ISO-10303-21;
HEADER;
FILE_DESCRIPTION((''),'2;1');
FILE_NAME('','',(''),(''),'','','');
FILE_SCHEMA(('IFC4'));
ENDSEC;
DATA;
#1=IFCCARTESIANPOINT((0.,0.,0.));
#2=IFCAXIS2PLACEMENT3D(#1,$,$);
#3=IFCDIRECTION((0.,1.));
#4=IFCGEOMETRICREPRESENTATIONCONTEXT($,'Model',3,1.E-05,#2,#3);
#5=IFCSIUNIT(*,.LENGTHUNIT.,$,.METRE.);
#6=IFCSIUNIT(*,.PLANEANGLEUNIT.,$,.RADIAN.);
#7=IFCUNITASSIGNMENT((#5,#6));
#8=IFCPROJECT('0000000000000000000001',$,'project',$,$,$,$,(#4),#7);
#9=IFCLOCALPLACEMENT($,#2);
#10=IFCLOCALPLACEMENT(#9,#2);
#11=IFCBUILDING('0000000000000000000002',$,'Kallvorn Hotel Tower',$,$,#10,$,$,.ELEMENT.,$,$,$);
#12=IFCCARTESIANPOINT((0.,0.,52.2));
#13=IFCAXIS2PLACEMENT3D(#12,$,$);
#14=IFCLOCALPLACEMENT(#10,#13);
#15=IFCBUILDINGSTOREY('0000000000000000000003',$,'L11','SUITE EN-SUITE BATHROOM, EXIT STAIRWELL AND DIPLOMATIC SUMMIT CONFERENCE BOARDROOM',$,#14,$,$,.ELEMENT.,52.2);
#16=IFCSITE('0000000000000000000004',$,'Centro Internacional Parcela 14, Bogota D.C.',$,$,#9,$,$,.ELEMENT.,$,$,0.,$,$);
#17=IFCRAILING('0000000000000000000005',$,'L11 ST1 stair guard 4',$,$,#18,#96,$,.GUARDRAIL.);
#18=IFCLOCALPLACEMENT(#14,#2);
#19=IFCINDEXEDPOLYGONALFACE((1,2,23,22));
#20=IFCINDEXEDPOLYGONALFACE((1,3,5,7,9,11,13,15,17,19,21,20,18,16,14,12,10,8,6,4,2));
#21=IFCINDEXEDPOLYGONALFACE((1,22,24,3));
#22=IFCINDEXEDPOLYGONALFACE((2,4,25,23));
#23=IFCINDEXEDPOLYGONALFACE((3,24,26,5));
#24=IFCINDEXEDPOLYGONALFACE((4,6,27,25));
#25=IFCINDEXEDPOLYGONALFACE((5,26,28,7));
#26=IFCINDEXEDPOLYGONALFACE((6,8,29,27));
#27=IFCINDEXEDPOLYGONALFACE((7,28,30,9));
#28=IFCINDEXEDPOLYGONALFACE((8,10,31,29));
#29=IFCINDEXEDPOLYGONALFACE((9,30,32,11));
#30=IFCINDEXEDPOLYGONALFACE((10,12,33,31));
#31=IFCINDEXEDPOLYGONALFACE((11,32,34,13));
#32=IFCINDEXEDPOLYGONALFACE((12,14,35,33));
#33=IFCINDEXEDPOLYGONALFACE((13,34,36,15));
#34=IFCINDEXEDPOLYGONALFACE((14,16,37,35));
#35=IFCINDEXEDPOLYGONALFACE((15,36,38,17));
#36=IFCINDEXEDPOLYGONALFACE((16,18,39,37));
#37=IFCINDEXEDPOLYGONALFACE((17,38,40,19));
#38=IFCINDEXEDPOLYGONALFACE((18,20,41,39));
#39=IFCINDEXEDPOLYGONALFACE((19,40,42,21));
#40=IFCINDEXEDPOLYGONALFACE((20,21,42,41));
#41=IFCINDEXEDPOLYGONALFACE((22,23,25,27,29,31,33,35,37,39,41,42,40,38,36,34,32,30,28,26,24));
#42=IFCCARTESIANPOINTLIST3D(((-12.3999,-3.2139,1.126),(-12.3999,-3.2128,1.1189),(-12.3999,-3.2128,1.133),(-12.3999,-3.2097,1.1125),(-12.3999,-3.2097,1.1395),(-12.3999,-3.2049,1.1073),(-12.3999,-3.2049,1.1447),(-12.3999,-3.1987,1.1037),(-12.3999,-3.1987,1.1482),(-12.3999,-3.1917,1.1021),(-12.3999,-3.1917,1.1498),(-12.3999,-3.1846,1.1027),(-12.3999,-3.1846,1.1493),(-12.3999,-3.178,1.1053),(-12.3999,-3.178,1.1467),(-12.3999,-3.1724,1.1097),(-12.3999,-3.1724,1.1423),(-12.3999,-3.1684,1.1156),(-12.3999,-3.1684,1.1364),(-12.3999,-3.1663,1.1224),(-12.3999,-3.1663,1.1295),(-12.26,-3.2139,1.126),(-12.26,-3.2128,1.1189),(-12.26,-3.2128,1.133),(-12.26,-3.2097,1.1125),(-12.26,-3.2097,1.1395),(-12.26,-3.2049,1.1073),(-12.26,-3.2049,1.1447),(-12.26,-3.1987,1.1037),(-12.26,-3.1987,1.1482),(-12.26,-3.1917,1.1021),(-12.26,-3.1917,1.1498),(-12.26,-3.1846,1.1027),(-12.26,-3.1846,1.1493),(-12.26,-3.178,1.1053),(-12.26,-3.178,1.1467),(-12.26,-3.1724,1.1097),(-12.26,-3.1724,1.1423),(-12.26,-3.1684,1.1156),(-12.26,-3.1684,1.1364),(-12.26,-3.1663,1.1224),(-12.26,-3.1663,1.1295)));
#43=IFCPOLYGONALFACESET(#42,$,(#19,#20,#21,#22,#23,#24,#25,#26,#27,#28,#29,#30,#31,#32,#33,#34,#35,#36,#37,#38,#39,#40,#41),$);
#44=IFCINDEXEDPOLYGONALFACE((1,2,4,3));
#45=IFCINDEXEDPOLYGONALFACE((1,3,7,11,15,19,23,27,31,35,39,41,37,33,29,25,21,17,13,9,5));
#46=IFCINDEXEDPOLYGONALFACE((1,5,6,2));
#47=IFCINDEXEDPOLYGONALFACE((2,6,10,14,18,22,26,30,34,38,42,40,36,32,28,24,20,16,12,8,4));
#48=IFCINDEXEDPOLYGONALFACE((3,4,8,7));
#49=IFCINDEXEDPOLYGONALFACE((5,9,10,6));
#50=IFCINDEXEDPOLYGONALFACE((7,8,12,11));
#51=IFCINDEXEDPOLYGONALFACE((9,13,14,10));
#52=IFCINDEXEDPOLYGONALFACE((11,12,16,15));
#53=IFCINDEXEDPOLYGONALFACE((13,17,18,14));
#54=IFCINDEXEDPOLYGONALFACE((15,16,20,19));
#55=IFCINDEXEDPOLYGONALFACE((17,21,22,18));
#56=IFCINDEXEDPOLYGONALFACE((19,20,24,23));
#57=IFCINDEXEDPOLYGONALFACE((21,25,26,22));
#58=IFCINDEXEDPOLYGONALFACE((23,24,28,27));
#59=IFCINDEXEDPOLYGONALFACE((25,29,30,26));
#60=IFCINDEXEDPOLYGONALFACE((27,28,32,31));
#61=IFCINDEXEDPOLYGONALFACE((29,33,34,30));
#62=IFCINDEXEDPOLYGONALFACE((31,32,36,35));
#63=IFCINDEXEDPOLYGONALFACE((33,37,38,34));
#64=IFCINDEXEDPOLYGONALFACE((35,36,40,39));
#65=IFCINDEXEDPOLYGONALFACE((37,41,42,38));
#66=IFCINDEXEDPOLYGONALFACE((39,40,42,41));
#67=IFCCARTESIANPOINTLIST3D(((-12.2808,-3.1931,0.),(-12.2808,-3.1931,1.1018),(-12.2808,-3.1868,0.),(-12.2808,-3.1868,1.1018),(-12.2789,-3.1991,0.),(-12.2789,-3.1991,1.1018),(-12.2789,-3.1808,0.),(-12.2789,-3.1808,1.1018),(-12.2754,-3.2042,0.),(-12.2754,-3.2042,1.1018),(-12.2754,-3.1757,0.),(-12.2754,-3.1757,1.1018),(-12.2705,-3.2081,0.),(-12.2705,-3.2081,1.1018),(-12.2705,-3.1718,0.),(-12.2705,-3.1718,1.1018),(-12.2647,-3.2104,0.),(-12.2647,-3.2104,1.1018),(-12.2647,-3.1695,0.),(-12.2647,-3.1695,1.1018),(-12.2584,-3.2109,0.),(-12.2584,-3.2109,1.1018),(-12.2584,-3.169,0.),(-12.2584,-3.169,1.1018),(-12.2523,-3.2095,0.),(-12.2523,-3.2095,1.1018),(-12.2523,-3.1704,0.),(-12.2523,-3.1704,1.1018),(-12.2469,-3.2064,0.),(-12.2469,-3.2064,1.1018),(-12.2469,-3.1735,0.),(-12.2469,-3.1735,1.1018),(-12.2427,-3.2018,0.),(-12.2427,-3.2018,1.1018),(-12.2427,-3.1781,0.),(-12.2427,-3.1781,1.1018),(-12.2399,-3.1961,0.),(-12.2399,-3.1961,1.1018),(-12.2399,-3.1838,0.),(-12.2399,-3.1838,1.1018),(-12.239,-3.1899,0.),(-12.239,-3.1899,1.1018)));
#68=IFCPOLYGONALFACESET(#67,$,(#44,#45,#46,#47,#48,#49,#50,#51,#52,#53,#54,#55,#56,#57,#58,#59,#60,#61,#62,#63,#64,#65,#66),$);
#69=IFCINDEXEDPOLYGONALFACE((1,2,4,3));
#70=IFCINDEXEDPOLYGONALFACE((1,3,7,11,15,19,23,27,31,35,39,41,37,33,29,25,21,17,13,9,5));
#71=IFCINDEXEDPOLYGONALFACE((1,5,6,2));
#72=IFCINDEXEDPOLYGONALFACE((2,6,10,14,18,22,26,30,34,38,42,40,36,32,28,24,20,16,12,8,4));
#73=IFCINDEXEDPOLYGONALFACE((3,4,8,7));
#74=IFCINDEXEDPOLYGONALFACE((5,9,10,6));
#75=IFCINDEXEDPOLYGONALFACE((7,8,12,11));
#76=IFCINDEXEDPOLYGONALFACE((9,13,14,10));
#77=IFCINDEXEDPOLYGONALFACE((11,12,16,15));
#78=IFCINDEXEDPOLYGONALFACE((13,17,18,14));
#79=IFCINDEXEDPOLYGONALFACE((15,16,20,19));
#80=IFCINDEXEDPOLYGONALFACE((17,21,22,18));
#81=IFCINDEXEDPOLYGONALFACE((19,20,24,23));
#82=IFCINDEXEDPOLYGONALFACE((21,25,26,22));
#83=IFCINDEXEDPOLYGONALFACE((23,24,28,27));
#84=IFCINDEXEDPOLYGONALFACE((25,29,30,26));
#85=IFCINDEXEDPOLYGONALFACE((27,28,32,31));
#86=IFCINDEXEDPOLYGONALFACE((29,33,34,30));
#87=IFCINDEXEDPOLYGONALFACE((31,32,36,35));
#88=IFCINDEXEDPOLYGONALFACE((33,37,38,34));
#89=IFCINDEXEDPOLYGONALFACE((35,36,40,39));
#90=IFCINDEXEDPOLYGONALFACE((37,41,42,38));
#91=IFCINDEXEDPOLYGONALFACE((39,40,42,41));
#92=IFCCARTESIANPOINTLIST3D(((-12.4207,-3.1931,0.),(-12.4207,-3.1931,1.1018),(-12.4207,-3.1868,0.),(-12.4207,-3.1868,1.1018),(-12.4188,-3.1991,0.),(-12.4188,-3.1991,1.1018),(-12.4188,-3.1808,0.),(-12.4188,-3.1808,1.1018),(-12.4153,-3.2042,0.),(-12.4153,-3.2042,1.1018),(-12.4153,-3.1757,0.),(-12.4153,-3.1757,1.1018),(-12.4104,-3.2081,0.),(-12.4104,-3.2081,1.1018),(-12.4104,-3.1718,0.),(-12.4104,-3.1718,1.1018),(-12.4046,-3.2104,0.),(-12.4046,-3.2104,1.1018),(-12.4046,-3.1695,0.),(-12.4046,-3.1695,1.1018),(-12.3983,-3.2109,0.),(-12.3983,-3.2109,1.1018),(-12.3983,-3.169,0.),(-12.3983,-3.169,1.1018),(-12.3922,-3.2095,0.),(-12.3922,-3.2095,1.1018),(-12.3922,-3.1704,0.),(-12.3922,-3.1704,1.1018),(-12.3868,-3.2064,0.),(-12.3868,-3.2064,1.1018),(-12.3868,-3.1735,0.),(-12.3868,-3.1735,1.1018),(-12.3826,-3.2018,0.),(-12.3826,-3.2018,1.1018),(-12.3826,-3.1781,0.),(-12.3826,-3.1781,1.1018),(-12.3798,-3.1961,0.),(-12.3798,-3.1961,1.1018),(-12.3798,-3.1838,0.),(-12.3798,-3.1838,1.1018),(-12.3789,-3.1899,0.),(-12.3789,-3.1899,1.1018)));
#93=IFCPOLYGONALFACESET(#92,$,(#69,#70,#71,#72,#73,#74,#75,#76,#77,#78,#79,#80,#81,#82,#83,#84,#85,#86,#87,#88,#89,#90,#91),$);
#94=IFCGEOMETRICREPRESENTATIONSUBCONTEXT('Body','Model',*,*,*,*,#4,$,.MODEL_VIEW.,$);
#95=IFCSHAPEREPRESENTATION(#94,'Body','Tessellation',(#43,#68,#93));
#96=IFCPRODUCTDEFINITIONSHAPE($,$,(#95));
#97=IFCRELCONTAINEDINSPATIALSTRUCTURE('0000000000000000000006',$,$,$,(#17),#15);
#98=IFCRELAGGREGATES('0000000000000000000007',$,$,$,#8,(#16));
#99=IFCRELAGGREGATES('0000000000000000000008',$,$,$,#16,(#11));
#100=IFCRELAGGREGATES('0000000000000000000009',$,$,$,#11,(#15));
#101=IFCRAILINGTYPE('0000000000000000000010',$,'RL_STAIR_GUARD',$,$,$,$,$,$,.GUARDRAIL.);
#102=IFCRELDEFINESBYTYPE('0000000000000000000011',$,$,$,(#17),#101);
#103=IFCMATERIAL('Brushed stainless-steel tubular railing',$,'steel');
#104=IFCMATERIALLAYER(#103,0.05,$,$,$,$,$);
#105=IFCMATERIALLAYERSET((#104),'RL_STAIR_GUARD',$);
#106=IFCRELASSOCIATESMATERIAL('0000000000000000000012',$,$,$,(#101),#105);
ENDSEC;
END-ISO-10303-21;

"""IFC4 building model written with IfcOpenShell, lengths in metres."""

from ifc_helpers import new_model, si_unit, direction, frame, origin, origin_2d, place, context, subcontext, project, spatial, circle, extrude, material, layer, layer_set, type_object, element, save


model = new_model("IFC4")

# Units and contexts
model_context = context("Model", 3, precision=1e-05, world=origin(), true_north=direction((0.0, 1.0)))
body_context = subcontext(model_context, "Body", "Model", "MODEL_VIEW")
ifc_project = project(units=[si_unit("LENGTHUNIT", "METRE"), si_unit("PLANEANGLEUNIT", "RADIAN")], contexts=[model_context])

# Site, building, storey
site_placement = place(None, origin())
site = spatial("IfcSite", under=ifc_project, at=site_placement, Name="Centro Internacional Parcela 14, Bogota D.C.", CompositionType="ELEMENT", RefElevation=0.0)
building_placement = place(site_placement, origin())
building = spatial("IfcBuilding", under=site, at=building_placement, Name="Kallvorn Hotel Tower", CompositionType="ELEMENT")
storey_placement = place(building_placement, frame((0.0, 0.0, 52.2)))
storey = spatial("IfcBuildingStorey", under=building, at=storey_placement, Name="L11", Description="SUITE EN-SUITE BATHROOM, EXIT STAIRWELL AND DIPLOMATIC SUMMIT CONFERENCE BOARDROOM", CompositionType="ELEMENT", Elevation=52.2)

# Railing
ifc_material_1 = material(Name="Brushed stainless-steel tubular railing", Category="steel")
ifc_layer_1 = layer(ifc_material_1, 0.05)
ifc_layer_set_1 = layer_set([ifc_layer_1], Name="RL_STAIR_GUARD")
railing_type = type_object("IfcRailingType", Name="RL_STAIR_GUARD", PredefinedType="GUARDRAIL", material=ifc_layer_set_1)
railing_1_placement = place(storey_placement, frame((-12.26, -3.1899, 0.0)))
element("IfcRailing", 1, at=railing_1_placement, inside=storey, type_object=railing_type, Name="L11 ST1 stair guard 4", PredefinedType="GUARDRAIL", context=body_context, shape_type="SweptSolid", body=[
    extrude(circle(Radius=0.0239, at=origin_2d()), frame((0.0, 0.0, 1.126), z_axis=(-1.0, 0.0, 0.0), x_axis=(0.0, -1.0, 0.0)), (0.0, 0.0, 1.0), 0.1399),
    extrude(circle(Radius=0.021, at=origin_2d()), origin(), (0.0, 0.0, 1.0), 1.1018),
    extrude(circle(Radius=0.021, at=origin_2d()), frame((-0.1399, 0.0, 0.0)), (0.0, 0.0, 1.0), 1.1018),
])

save(model, "model.ifc")
